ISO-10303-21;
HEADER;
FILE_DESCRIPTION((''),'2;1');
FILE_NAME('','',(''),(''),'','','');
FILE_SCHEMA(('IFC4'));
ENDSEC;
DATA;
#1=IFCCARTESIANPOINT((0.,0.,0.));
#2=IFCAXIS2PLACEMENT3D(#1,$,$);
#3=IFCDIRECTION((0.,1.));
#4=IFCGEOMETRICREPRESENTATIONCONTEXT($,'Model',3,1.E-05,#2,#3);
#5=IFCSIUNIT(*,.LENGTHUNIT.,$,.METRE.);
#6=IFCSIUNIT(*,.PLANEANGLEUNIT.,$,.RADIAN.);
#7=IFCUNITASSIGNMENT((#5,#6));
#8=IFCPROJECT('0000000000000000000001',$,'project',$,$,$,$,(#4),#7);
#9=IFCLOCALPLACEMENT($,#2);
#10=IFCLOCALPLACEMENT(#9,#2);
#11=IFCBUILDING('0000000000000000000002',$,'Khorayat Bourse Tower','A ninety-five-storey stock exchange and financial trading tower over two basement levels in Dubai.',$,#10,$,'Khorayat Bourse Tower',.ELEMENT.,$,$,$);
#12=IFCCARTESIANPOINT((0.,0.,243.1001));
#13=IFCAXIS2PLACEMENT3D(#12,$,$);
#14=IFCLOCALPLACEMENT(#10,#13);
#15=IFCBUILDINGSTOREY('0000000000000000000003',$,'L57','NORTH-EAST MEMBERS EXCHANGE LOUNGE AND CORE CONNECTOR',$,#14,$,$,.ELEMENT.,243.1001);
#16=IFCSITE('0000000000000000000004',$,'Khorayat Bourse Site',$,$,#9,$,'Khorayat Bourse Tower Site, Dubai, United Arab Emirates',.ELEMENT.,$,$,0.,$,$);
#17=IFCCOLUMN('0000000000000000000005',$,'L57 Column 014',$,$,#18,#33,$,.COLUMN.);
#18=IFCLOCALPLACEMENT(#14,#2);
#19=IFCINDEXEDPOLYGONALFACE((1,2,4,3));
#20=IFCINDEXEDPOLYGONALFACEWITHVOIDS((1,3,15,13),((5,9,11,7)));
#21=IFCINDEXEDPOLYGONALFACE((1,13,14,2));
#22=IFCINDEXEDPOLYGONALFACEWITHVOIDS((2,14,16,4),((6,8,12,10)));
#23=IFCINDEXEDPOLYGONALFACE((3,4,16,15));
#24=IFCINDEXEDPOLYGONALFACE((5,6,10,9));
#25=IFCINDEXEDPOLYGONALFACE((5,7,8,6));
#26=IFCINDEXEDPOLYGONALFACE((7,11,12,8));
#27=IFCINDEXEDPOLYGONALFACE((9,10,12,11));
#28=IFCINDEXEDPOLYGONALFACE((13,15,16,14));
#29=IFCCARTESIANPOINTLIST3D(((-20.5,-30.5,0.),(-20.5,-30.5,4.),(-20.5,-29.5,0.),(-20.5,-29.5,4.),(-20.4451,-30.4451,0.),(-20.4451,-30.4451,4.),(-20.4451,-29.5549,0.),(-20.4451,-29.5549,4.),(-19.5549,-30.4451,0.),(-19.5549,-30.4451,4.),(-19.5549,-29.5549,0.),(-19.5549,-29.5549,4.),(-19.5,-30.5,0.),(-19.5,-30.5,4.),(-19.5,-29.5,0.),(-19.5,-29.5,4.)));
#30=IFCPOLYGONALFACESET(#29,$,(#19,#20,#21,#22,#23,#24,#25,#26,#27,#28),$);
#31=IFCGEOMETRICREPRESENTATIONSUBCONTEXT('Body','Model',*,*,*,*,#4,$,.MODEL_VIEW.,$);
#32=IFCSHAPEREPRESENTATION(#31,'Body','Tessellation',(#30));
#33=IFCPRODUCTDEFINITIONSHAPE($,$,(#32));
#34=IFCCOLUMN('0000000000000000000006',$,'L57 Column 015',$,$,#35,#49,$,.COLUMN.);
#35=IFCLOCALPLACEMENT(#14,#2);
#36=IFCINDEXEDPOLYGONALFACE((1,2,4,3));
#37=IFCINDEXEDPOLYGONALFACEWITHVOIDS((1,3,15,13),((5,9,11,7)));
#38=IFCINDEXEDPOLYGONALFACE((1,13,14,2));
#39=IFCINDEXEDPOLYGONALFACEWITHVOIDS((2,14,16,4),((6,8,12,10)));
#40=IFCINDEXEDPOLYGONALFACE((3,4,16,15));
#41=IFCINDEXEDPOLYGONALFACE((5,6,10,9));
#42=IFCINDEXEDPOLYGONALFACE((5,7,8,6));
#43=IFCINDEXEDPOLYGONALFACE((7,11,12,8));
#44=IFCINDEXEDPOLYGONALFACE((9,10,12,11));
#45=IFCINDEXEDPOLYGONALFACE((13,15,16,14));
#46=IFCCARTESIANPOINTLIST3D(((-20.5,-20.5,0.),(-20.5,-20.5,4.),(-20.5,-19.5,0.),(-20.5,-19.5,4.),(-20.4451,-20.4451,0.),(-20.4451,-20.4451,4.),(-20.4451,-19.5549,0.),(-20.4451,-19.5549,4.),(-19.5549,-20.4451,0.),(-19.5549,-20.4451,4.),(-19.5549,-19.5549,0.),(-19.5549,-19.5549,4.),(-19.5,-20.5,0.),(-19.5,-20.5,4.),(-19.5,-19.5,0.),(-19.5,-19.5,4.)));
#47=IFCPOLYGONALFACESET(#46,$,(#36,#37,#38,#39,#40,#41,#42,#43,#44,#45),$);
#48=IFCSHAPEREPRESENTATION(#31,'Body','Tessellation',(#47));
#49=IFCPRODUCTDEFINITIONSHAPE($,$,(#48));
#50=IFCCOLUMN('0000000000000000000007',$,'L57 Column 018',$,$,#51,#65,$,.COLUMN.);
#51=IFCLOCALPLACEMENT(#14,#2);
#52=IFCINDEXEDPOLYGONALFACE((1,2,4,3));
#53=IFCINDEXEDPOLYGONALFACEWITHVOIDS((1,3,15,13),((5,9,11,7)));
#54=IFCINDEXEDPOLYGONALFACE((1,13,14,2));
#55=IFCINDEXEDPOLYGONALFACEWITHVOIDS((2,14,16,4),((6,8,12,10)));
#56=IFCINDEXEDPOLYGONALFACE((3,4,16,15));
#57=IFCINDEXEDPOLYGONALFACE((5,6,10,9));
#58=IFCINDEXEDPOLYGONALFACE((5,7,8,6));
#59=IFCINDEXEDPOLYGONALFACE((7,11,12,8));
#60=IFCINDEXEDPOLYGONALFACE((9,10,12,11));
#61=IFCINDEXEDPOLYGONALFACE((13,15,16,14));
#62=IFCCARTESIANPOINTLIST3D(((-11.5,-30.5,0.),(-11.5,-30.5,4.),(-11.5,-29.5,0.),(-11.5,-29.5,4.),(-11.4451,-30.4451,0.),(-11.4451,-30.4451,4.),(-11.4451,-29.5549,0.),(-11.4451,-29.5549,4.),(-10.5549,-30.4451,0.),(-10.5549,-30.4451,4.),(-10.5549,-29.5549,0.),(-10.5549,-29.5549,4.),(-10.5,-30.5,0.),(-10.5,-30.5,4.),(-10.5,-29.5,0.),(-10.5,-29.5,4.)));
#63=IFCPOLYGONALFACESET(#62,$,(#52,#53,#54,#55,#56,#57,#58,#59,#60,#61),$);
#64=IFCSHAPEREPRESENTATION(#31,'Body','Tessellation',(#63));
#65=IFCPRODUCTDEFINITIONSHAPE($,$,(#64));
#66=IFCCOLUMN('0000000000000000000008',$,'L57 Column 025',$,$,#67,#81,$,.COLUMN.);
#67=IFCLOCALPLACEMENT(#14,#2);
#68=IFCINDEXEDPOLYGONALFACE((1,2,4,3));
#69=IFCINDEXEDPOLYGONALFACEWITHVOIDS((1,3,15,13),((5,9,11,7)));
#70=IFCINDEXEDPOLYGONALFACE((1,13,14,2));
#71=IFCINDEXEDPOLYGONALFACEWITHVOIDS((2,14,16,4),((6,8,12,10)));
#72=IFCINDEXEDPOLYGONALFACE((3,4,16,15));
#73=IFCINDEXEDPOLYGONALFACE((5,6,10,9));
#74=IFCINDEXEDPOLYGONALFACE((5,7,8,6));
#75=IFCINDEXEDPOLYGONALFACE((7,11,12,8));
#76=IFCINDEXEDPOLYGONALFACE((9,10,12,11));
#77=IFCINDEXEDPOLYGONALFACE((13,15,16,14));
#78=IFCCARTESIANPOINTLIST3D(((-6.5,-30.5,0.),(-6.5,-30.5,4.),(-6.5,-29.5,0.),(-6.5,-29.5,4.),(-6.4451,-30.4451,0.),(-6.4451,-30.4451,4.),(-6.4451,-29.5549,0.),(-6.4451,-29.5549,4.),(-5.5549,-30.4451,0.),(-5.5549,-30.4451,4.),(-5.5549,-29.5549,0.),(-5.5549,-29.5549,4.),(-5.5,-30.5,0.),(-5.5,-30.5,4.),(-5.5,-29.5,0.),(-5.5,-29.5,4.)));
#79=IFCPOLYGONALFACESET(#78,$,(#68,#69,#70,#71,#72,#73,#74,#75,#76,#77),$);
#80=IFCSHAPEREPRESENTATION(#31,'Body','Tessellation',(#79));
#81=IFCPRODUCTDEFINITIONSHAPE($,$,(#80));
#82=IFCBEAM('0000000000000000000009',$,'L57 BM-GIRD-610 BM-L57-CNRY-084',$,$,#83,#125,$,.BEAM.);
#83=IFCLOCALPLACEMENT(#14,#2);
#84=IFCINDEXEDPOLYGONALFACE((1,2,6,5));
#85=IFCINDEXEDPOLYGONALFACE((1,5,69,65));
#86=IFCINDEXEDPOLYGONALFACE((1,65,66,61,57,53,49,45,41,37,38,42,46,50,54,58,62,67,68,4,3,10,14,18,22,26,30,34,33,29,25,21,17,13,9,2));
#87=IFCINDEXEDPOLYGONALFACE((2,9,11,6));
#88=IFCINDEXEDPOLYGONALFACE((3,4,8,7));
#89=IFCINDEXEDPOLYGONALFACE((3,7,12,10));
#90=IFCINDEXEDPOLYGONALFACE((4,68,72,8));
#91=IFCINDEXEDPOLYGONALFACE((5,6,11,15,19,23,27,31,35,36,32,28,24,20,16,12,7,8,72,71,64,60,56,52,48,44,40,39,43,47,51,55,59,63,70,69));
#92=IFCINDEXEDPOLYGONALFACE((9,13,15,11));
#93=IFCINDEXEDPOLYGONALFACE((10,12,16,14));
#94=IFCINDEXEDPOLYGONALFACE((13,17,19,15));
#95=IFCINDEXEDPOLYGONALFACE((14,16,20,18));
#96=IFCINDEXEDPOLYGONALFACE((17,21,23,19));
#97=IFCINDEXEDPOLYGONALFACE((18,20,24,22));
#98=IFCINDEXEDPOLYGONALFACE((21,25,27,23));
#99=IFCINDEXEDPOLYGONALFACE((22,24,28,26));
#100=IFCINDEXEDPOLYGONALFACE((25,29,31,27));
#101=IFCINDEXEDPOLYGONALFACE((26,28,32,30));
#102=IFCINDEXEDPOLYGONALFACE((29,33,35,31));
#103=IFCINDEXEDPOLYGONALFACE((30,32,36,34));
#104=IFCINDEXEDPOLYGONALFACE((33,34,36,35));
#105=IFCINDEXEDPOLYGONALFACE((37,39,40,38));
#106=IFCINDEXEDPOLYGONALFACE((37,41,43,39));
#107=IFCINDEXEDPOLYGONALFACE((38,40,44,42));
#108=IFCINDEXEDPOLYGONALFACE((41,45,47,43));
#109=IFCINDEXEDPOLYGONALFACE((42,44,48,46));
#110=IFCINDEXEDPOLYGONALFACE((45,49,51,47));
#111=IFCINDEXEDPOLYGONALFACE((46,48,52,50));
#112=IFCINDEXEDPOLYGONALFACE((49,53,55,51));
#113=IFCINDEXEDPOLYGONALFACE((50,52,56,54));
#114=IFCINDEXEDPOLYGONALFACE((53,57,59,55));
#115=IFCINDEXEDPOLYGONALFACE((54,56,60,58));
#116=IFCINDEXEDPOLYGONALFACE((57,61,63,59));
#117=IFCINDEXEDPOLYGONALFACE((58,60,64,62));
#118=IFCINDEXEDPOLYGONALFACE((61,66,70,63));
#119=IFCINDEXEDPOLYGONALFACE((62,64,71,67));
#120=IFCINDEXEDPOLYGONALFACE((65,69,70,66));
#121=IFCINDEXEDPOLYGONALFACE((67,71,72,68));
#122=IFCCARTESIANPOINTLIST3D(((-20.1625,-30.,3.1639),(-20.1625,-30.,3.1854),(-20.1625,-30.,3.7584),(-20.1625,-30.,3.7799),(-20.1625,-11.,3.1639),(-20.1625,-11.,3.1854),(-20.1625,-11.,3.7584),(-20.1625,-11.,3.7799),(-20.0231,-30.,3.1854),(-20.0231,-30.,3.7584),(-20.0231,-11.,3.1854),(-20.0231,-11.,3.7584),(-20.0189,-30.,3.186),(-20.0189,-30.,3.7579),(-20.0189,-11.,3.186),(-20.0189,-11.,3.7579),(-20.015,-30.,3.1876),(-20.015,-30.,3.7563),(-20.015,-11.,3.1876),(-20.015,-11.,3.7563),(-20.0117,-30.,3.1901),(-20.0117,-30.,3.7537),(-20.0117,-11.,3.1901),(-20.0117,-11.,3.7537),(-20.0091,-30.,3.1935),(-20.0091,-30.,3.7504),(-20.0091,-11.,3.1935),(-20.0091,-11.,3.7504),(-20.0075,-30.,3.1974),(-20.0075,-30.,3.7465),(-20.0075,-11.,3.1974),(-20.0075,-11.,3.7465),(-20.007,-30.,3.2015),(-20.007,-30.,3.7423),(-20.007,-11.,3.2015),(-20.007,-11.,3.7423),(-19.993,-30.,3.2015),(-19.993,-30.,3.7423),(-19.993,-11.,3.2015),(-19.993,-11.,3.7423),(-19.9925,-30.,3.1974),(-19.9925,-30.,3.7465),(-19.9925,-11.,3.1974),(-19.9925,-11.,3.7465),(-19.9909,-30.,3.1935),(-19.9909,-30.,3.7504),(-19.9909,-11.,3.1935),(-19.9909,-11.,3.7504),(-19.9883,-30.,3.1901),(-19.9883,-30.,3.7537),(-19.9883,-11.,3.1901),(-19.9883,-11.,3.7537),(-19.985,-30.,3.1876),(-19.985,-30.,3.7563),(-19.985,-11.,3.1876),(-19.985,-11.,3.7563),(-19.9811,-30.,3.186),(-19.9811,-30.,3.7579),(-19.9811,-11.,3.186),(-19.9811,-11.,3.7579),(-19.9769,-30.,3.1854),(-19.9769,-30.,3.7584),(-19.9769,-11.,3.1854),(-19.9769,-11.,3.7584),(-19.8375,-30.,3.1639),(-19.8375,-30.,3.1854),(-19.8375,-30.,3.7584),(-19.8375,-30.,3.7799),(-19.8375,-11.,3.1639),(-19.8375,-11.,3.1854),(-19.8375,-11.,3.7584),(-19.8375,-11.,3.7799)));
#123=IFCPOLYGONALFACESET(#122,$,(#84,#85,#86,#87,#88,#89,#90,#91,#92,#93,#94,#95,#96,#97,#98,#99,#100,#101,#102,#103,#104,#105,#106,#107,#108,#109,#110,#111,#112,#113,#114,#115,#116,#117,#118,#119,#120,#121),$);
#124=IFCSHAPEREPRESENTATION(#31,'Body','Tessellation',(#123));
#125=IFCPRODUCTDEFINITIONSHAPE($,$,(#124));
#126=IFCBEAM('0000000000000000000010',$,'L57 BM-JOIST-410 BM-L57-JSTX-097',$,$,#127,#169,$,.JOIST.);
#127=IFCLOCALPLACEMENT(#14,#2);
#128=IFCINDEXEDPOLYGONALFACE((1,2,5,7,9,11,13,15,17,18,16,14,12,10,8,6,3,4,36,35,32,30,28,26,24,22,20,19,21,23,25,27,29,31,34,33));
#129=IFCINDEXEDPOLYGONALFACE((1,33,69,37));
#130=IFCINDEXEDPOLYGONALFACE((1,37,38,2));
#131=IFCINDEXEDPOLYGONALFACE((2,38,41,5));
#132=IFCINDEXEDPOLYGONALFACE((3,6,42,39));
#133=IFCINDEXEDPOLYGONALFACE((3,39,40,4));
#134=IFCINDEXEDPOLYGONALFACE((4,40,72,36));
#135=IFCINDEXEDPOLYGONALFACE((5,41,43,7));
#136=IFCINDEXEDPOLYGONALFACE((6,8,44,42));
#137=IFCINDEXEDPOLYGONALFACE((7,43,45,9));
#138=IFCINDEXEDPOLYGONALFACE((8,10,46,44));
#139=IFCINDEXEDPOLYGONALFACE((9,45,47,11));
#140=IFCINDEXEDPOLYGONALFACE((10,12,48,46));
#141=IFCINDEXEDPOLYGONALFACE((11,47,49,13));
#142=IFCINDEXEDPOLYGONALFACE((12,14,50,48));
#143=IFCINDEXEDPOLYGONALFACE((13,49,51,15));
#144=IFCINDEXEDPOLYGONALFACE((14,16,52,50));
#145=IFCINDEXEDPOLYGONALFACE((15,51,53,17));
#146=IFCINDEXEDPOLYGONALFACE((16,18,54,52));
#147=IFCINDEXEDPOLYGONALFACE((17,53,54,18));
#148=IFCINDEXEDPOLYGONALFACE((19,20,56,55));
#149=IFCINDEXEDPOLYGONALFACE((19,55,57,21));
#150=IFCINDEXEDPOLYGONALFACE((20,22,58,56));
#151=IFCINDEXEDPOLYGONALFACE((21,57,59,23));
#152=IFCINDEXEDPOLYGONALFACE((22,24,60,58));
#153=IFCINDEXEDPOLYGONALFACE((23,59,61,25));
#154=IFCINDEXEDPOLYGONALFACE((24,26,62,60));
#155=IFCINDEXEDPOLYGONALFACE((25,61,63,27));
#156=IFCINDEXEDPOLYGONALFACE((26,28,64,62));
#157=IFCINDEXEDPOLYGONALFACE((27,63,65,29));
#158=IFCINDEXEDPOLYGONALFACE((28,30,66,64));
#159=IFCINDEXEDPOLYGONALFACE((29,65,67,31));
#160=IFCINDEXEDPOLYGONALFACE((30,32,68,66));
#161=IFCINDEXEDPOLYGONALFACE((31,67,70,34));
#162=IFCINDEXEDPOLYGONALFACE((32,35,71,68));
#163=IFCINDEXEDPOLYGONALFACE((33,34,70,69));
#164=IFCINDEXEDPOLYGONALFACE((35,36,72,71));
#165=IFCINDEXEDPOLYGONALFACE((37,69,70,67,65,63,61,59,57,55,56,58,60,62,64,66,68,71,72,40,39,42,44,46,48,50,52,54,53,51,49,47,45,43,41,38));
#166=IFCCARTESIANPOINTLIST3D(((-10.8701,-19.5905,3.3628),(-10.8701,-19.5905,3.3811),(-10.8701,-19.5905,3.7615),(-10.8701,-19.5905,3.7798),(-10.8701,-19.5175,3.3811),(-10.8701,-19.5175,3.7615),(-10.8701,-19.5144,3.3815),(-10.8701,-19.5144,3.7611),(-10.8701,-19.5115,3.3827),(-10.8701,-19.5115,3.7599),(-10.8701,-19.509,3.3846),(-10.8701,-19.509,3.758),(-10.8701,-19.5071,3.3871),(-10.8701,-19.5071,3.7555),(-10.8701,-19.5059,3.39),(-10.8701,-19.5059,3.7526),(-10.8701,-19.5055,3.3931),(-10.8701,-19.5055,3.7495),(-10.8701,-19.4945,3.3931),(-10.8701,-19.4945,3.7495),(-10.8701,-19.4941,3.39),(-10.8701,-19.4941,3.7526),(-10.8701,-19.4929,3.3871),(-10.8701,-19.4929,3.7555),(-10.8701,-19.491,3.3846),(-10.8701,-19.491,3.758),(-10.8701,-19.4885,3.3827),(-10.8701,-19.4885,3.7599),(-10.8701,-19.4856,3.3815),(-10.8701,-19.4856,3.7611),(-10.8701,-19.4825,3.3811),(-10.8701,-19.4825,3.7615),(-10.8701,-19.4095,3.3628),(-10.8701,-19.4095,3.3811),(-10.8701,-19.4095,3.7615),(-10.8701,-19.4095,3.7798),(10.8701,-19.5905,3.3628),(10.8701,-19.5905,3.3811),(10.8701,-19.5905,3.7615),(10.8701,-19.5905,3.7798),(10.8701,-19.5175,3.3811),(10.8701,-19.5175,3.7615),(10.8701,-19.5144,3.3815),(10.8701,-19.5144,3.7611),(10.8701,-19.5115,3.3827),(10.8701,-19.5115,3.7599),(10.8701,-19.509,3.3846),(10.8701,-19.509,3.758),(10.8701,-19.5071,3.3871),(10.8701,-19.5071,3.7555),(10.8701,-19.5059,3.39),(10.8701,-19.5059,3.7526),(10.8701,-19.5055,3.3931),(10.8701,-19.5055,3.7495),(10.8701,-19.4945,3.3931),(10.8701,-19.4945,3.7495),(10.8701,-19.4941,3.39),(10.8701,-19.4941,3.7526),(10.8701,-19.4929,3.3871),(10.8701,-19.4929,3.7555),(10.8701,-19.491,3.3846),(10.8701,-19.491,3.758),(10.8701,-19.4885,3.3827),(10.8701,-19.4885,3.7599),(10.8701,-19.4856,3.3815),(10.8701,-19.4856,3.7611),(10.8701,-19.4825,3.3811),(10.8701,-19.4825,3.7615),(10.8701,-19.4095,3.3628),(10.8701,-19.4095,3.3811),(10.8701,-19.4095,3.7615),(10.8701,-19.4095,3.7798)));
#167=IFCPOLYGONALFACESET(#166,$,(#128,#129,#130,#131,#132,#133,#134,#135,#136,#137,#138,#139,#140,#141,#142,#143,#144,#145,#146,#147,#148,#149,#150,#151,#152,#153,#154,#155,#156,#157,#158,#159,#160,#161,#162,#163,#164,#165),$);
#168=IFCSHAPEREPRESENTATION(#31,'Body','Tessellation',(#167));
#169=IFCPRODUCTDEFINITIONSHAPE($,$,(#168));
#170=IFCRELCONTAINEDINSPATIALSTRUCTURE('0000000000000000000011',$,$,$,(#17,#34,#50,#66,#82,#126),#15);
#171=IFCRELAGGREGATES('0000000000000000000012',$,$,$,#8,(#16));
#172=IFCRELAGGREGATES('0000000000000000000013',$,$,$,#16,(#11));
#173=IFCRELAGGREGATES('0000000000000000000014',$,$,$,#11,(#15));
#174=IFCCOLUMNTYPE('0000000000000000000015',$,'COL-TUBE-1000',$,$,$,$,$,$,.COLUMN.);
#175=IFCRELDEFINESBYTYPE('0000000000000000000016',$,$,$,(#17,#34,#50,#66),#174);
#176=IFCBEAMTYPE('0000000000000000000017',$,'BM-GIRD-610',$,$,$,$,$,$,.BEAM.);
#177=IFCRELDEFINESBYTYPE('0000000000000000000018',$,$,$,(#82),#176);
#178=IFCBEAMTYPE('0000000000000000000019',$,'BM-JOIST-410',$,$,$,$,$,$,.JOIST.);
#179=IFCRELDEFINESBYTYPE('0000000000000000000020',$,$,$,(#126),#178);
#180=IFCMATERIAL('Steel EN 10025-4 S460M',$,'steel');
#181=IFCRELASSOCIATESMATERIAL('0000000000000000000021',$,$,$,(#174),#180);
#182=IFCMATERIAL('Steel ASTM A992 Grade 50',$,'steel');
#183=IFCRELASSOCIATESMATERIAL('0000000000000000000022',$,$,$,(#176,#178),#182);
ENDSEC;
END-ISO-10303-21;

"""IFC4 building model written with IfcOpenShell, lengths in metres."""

from ifc_helpers import new_model, si_unit, direction, frame, origin, origin_2d, place, context, subcontext, project, spatial, hollow_rectangle, i_section, extrude, source, transform, mapped, material, material_profile, profile_set, type_object, element, save


model = new_model("IFC4")

# Units and contexts
model_context = context("Model", 3, precision=1e-05, world=origin(), true_north=direction((0.0, 1.0)))
body_context = subcontext(model_context, "Body", "Model", "MODEL_VIEW")
ifc_project = project(units=[si_unit("LENGTHUNIT", "METRE"), si_unit("PLANEANGLEUNIT", "RADIAN")], contexts=[model_context])

# Site, building, storey
site_placement = place(None, origin())
site = spatial("IfcSite", under=ifc_project, at=site_placement, Name="Khorayat Bourse Site", LongName="Khorayat Bourse Tower Site, Dubai, United Arab Emirates", CompositionType="ELEMENT", RefElevation=0.0)
building_placement = place(site_placement, origin())
building = spatial("IfcBuilding", under=site, at=building_placement, Name="Khorayat Bourse Tower", Description="A ninety-five-storey stock exchange and financial trading tower over two basement levels in Dubai.", LongName="Khorayat Bourse Tower", CompositionType="ELEMENT")
storey_placement = place(building_placement, frame((0.0, 0.0, 243.1001)))
storey = spatial("IfcBuildingStorey", under=building, at=storey_placement, Name="L57", Description="NORTH-EAST MEMBERS EXCHANGE LOUNGE AND CORE CONNECTOR", CompositionType="ELEMENT", Elevation=243.1001)

# Columns
ifc_material_1 = material(Name="Steel EN 10025-4 S460M", Category="steel")
ifc_material_profile_1 = material_profile(ifc_material_1, hollow_rectangle(XDim=1.0, YDim=1.0, WallThickness=0.0549, at=origin_2d()), Name="BOX 1000x1000x55")
ifc_profile_set_1 = profile_set([ifc_material_profile_1], Name="Steel EN 10025-4 S460M")
column_type = type_object("IfcColumnType", Name="COL-TUBE-1000", PredefinedType="COLUMN", material=ifc_profile_set_1)
shared_shape_1 = source(origin(), body_context, "Body", "SweptSolid", [
    extrude(hollow_rectangle(XDim=1.0, YDim=1.0, WallThickness=0.0549, at=origin_2d()), origin(), (0.0, 0.0, 1.0), 4.0),
])
for number, where, z_axis, x_axis, name in (
    (1, (-20.0, -30.0, 0.0), (0.0, 0.0, 1.0), (1.0, 0.0, 0.0), "L57 Column 014"),
    (2, (-20.0, -20.0, 0.0), (0.0, 0.0, 1.0), (1.0, 0.0, 0.0), "L57 Column 015"),
    (3, (-11.0, -30.0, 0.0), (0.0, 0.0, 1.0), (1.0, 0.0, 0.0), "L57 Column 018"),
    (4, (-6.0, -30.0, 0.0), (0.0, 0.0, 1.0), (1.0, 0.0, 0.0), "L57 Column 025"),
):
    element("IfcColumn", number, at=place(storey_placement, frame(where, z_axis=z_axis, x_axis=x_axis)), inside=storey, type_object=column_type, Name=name, PredefinedType="COLUMN", context=body_context, shape_type="MappedRepresentation", body=[
        mapped(shared_shape_1, transform((0.0, 0.0, 0.0), scale=1.0)),
    ])

# Beams
ifc_material_2 = material(Name="Steel ASTM A992 Grade 50", Category="steel")
ifc_material_profile_2 = material_profile(ifc_material_2, i_section(OverallWidth=0.325, OverallDepth=0.616, WebThickness=0.0139, FlangeThickness=0.0215, FilletRadius=0.0161, at=origin_2d()), Name="W610X174")
ifc_profile_set_2 = profile_set([ifc_material_profile_2], Name="Steel ASTM A992 Grade 50")
beam_type_1 = type_object("IfcBeamType", Name="BM-GIRD-610", PredefinedType="BEAM", material=ifc_profile_set_2)
shared_shape_2 = source(origin(), body_context, "Body", "SweptSolid", [
    extrude(i_section(OverallWidth=0.325, OverallDepth=0.616, WebThickness=0.0139, FlangeThickness=0.0215, FilletRadius=0.0161, at=origin_2d()), origin(), (0.0, 0.0, 1.0), 19.0),
])
beam_1_placement = place(storey_placement, frame((-20.0, -30.0, 3.4719), z_axis=(0.0, 1.0, 0.0), x_axis=(-1.0, 0.0, 0.0)))
element("IfcBeam", 5, at=beam_1_placement, inside=storey, type_object=beam_type_1, Name="L57 BM-GIRD-610 BM-L57-CNRY-084", PredefinedType="BEAM", context=body_context, shape_type="MappedRepresentation", body=[
    mapped(shared_shape_2, transform((0.0, 0.0, 0.0), scale=1.0)),
])
ifc_material_profile_3 = material_profile(ifc_material_2, i_section(OverallWidth=0.1809, OverallDepth=0.417, WebThickness=0.011, FlangeThickness=0.0183, FilletRadius=0.012, at=origin_2d()), Name="W410X85")
ifc_profile_set_3 = profile_set([ifc_material_profile_3], Name="Steel ASTM A992 Grade 50")
beam_type_2 = type_object("IfcBeamType", Name="BM-JOIST-410", PredefinedType="JOIST", material=ifc_profile_set_3)
shared_shape_3 = source(origin(), body_context, "Body", "SweptSolid", [
    extrude(i_section(OverallWidth=0.1809, OverallDepth=0.417, WebThickness=0.011, FlangeThickness=0.0183, FilletRadius=0.012, at=origin_2d()), origin(), (0.0, 0.0, 1.0), 21.7402),
])
beam_2_placement = place(storey_placement, frame((-10.8701, -19.5, 3.5713), z_axis=(1.0, 0.0, 0.0), x_axis=(0.0, 1.0, 0.0)))
element("IfcBeam", 6, at=beam_2_placement, inside=storey, type_object=beam_type_2, Name="L57 BM-JOIST-410 BM-L57-JSTX-097", PredefinedType="JOIST", context=body_context, shape_type="MappedRepresentation", body=[
    mapped(shared_shape_3, transform((0.0, 0.0, 0.0), scale=1.0)),
])

save(model, "model.ifc")
